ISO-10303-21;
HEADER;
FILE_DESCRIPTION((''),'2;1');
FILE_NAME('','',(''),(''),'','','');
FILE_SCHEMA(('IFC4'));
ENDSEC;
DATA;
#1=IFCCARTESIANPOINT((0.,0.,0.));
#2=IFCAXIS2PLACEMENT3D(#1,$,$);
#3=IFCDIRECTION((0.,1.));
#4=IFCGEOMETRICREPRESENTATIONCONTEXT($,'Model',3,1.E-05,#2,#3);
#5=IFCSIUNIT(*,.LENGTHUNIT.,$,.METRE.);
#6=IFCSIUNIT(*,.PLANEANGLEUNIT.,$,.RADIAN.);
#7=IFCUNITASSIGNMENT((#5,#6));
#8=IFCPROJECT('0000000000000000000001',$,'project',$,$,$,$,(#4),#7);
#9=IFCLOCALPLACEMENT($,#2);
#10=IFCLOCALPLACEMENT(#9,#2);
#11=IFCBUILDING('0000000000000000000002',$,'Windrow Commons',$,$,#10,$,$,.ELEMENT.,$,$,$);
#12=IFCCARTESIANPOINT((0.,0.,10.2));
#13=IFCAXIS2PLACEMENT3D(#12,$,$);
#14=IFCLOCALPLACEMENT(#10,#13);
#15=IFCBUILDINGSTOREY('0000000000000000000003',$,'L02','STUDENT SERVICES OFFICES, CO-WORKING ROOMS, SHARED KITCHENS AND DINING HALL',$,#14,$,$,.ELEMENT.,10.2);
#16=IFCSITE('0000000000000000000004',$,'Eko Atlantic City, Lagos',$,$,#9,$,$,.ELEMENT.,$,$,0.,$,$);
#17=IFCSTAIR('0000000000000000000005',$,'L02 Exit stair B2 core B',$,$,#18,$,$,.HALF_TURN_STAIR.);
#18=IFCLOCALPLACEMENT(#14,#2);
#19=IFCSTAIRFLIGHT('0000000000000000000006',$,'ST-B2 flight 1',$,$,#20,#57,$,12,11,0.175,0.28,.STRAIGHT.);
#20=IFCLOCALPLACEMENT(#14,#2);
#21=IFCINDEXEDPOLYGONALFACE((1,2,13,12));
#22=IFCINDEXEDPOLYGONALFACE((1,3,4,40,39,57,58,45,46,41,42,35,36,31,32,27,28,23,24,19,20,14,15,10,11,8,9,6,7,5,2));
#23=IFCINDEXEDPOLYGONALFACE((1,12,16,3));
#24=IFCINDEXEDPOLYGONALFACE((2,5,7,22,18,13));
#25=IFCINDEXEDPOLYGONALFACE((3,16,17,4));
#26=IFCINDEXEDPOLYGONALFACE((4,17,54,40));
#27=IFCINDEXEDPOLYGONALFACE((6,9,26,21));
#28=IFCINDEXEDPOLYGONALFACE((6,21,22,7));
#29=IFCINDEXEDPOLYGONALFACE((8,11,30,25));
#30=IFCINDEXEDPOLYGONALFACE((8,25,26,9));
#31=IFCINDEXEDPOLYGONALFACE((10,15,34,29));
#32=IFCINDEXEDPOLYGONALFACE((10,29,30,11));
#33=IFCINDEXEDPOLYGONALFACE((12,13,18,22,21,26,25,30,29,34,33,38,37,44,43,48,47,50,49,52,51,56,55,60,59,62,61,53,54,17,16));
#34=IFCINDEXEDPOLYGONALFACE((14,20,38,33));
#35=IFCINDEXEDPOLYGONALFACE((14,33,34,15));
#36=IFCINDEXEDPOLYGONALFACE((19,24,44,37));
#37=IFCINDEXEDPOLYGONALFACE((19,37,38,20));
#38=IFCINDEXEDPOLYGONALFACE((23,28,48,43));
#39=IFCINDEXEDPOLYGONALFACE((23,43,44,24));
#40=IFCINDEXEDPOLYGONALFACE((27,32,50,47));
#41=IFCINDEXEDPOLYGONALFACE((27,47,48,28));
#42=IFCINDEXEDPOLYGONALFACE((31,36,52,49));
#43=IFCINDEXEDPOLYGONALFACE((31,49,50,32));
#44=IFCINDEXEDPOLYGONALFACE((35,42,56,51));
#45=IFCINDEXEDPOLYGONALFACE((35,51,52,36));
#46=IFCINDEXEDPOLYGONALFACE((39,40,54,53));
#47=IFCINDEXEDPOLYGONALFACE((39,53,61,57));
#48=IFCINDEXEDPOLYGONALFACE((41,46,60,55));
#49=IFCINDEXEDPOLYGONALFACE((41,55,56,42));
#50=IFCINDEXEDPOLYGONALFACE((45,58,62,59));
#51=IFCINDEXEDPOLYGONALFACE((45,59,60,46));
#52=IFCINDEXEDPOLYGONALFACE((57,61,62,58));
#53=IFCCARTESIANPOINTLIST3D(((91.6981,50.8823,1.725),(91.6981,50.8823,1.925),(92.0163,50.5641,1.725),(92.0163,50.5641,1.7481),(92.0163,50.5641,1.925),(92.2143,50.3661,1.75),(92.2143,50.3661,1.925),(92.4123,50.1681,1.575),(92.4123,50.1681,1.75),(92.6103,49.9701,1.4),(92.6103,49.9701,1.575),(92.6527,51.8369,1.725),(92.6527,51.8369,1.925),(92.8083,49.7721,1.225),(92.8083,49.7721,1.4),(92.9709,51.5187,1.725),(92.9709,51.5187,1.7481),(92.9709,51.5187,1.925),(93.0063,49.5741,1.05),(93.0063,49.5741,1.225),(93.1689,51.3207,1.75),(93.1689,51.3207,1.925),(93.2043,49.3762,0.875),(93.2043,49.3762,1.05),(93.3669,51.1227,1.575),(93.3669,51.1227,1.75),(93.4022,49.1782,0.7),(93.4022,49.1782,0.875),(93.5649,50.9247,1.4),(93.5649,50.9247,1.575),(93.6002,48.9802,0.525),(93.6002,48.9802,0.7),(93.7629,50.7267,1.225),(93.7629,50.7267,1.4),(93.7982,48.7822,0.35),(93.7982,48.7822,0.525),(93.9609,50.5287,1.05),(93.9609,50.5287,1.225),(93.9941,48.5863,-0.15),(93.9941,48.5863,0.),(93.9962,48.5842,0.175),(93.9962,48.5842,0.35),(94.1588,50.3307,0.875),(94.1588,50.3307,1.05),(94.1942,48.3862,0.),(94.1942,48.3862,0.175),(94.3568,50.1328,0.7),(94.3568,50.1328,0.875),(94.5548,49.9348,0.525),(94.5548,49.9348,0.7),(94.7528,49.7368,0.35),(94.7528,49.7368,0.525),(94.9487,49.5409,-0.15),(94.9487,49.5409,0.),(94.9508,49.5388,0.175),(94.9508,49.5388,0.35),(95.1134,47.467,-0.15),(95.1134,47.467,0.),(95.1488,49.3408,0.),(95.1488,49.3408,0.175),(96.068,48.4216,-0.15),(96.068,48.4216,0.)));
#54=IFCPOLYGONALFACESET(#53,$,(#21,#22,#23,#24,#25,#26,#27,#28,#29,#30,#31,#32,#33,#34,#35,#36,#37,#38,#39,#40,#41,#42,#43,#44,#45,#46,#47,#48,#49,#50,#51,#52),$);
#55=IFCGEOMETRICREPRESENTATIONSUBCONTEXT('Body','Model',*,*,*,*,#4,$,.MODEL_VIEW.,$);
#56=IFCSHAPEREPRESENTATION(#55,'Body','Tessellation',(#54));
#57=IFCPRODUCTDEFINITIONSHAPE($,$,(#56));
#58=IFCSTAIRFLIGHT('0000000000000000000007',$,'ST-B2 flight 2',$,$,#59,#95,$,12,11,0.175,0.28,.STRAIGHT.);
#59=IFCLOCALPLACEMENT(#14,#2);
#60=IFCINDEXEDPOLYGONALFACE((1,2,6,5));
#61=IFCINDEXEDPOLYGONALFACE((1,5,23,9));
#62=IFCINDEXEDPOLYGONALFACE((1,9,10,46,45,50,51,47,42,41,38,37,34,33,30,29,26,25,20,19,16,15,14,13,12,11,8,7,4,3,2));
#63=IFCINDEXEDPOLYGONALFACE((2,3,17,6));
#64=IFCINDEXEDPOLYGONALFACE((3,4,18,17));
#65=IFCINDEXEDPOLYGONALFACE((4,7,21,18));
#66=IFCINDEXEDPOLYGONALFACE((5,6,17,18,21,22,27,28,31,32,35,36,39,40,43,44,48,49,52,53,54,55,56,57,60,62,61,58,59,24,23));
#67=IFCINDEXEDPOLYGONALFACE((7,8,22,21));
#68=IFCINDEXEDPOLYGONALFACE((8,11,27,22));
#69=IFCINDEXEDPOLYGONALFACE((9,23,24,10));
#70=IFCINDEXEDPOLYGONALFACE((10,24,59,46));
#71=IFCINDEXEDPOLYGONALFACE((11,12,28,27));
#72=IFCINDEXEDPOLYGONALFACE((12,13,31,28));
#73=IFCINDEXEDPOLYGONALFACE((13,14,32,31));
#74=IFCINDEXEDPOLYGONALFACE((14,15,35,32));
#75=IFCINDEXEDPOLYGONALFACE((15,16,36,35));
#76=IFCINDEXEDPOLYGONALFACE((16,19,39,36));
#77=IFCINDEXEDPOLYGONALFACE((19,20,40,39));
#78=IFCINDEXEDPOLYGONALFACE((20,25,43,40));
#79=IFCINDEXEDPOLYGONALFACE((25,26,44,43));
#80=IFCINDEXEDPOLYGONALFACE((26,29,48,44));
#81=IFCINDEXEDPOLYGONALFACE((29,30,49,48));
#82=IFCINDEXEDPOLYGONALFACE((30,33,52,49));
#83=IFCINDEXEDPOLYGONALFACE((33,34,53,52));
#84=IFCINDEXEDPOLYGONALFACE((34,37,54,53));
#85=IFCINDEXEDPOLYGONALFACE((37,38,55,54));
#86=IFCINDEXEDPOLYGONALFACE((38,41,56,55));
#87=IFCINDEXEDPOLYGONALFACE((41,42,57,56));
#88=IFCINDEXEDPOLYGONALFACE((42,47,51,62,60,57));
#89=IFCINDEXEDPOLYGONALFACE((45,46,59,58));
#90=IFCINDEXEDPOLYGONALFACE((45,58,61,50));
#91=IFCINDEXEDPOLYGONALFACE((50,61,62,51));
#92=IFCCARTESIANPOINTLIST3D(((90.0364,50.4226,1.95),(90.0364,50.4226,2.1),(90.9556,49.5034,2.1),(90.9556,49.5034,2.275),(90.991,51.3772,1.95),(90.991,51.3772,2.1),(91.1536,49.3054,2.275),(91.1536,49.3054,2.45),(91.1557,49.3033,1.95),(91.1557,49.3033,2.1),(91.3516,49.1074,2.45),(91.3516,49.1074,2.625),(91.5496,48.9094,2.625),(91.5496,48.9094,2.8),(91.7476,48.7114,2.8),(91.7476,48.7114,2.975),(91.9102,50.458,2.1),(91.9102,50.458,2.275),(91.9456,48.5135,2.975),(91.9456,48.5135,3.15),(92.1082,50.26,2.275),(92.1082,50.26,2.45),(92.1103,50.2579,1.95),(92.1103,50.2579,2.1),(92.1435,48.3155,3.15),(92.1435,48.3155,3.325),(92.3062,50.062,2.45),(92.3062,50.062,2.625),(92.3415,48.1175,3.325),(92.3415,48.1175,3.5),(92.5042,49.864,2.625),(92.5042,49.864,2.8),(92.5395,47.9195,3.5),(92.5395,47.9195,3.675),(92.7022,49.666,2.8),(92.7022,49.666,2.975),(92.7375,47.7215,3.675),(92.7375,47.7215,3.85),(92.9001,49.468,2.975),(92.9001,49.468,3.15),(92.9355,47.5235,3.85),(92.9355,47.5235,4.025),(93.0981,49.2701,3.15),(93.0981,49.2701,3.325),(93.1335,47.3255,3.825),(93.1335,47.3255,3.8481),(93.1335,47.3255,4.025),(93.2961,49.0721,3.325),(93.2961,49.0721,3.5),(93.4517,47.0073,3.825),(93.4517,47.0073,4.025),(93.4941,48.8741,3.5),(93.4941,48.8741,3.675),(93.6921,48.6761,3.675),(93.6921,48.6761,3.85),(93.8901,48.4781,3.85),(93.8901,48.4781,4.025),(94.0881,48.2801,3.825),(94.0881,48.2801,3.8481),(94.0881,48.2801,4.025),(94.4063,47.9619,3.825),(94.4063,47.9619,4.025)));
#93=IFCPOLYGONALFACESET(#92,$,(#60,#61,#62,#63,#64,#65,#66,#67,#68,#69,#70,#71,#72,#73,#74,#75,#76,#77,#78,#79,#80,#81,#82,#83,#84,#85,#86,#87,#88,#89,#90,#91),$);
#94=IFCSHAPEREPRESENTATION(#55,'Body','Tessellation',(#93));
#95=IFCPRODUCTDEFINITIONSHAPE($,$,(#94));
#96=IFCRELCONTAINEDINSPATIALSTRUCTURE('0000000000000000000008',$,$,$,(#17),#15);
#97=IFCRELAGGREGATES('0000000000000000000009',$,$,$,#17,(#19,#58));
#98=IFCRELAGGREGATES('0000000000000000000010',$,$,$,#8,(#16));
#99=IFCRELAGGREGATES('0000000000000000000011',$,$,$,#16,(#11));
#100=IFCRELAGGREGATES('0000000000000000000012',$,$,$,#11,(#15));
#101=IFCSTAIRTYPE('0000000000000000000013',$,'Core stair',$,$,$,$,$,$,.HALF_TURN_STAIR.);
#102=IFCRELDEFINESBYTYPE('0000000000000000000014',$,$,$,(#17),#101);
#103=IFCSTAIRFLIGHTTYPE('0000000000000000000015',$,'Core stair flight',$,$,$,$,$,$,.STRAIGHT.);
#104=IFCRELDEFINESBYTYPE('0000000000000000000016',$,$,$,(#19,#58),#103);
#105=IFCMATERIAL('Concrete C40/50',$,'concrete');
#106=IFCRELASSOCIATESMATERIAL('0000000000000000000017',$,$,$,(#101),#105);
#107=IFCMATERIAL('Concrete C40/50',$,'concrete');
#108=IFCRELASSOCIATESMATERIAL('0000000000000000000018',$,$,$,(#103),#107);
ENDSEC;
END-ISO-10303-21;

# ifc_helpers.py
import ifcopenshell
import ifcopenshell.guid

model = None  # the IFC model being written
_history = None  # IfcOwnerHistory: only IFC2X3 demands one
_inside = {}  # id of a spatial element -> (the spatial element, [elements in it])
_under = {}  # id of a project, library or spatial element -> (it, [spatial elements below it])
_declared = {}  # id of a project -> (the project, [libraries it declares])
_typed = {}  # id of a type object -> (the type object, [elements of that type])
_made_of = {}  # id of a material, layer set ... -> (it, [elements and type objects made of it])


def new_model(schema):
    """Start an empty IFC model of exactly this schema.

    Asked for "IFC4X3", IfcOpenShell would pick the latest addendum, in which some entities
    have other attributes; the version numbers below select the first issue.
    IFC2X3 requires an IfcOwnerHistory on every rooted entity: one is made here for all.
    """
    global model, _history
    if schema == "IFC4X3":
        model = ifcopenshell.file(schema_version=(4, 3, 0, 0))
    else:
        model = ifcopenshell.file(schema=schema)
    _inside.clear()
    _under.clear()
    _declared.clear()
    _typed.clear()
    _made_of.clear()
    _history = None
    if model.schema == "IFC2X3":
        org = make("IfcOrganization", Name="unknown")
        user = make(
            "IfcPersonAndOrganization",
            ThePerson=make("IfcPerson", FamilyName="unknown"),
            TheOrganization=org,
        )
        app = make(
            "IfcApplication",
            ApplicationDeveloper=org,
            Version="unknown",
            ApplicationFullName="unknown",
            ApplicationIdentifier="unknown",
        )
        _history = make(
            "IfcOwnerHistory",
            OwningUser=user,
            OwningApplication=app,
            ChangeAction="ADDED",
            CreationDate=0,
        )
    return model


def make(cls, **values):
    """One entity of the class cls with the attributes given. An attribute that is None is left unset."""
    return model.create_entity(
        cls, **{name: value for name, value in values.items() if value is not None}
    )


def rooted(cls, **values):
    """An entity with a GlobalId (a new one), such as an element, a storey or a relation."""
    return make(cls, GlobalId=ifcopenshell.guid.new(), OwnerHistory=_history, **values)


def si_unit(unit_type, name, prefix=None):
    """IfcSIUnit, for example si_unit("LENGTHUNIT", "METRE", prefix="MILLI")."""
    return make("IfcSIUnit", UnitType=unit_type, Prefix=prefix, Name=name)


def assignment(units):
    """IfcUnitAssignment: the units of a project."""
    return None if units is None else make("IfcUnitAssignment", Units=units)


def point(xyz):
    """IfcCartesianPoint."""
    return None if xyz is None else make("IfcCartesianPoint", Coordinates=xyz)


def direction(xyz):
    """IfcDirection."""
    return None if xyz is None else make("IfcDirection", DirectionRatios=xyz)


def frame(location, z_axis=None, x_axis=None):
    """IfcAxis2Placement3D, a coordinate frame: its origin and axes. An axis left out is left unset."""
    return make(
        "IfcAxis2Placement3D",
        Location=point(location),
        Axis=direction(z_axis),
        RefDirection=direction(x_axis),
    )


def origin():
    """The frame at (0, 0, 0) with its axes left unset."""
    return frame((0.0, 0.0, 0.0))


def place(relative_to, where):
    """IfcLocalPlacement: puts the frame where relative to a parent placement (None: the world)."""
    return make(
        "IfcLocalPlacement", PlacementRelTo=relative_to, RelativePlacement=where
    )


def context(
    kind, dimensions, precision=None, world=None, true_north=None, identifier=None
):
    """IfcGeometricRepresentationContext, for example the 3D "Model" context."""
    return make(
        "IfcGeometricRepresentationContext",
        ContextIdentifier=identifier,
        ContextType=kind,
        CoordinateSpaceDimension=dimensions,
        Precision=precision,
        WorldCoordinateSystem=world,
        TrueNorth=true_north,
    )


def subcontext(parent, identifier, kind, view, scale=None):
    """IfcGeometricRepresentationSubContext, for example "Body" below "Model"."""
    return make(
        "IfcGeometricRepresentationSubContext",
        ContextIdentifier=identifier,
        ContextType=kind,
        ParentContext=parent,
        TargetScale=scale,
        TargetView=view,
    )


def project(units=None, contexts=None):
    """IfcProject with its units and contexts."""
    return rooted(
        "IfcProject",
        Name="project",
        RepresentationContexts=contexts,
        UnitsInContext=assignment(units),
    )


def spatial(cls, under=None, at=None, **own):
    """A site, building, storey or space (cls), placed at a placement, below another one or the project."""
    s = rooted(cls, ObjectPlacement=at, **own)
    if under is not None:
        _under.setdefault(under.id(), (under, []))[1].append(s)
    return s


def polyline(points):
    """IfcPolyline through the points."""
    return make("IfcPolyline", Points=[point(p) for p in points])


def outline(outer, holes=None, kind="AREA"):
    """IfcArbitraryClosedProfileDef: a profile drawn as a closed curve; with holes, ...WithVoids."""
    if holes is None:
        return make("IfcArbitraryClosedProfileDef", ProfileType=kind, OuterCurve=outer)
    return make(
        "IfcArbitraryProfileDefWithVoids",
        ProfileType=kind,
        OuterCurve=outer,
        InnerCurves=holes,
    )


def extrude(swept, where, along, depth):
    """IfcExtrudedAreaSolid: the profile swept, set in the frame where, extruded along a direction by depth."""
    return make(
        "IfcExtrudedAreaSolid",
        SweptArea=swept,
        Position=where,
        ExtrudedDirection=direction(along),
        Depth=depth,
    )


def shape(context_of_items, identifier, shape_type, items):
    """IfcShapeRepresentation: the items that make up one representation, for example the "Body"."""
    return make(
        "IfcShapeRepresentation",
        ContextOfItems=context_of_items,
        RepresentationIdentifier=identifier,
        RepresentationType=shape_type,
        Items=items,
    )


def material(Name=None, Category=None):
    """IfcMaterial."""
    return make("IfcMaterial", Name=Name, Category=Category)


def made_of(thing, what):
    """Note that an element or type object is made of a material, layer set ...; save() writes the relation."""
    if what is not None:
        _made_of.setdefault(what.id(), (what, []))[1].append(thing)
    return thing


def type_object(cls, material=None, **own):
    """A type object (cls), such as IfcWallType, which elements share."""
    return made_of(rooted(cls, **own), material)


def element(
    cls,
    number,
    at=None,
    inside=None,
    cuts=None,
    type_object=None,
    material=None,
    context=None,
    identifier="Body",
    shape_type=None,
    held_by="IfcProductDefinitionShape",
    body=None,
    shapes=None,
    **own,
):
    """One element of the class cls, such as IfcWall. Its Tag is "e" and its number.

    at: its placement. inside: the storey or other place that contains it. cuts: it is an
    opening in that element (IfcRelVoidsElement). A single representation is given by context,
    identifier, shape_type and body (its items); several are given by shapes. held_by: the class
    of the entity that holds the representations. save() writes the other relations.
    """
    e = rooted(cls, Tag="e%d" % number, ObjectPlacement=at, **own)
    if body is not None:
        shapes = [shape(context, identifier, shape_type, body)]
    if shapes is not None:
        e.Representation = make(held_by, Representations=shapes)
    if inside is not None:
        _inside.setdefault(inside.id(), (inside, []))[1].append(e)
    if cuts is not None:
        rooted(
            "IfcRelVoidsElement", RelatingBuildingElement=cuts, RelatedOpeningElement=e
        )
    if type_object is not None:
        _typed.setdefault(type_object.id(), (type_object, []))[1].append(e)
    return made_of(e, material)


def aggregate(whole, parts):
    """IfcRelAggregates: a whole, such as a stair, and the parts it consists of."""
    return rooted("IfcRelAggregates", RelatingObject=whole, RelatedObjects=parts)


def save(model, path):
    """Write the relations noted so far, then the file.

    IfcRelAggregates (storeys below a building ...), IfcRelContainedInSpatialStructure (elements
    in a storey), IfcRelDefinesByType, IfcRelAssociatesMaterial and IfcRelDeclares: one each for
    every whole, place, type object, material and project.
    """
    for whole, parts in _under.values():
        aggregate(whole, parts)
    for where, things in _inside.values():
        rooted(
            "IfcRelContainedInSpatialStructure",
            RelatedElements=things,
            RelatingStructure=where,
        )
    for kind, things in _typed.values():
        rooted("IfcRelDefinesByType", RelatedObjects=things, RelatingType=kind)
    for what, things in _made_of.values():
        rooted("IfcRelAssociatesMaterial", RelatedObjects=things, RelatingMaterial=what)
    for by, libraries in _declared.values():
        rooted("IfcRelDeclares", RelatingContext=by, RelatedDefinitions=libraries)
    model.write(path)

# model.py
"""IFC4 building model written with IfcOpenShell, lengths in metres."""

from ifc_helpers import new_model, si_unit, direction, frame, origin, place, context, subcontext, project, spatial, polyline, outline, extrude, material, type_object, element, aggregate, save


model = new_model("IFC4")

# Units and contexts
model_context = context("Model", 3, precision=1e-05, world=origin(), true_north=direction((0.0, 1.0)))
body_context = subcontext(model_context, "Body", "Model", "MODEL_VIEW")
ifc_project = project(units=[si_unit("LENGTHUNIT", "METRE"), si_unit("PLANEANGLEUNIT", "RADIAN")], contexts=[model_context])

# Site, building, storey
site_placement = place(None, origin())
site = spatial("IfcSite", under=ifc_project, at=site_placement, Name="Eko Atlantic City, Lagos", CompositionType="ELEMENT", RefElevation=0.0)
building_placement = place(site_placement, origin())
building = spatial("IfcBuilding", under=site, at=building_placement, Name="Windrow Commons", CompositionType="ELEMENT")
storey_placement = place(building_placement, frame((0.0, 0.0, 10.2)))
storey = spatial("IfcBuildingStorey", under=building, at=storey_placement, Name="L02", Description="STUDENT SERVICES OFFICES, CO-WORKING ROOMS, SHARED KITCHENS AND DINING HALL", CompositionType="ELEMENT", Elevation=10.2)

# Stair, stair flights
ifc_material_1 = material(Name="Concrete C40/50", Category="concrete")
stair_type = type_object("IfcStairType", Name="Core stair", PredefinedType="HALF_TURN_STAIR", material=ifc_material_1)
stair_placement = place(storey_placement, origin())
stair = element("IfcStair", 1, at=stair_placement, inside=storey, type_object=stair_type, Name="L02 Exit stair B2 core B", PredefinedType="HALF_TURN_STAIR")
ifc_material_2 = material(Name="Concrete C40/50", Category="concrete")
stair_flight_type = type_object("IfcStairFlightType", Name="Core stair flight", PredefinedType="STRAIGHT", material=ifc_material_2)
stair_flight_1_placement = place(storey_placement, frame((94.6715, 48.8635, 0.0), z_axis=(0.0, 0.0, 1.0), x_axis=(-0.707107, 0.707107, 0.0)))
stair_flight_1 = element("IfcStairFlight", 2, at=stair_flight_1_placement, type_object=stair_flight_type, Name="ST-B2 flight 1", NumberOfRisers=12, NumberOfTreads=11, PredefinedType="STRAIGHT", RiserHeight=0.175, TreadLength=0.28, context=body_context, shape_type="SweptSolid", body=[
    extrude(outline(polyline([(-1.3, -0.15), (-1.3, 0.0), (0.0, 0.0), (0.0, 0.175), (0.28, 0.175), (0.28, 0.35), (0.56, 0.35), (0.56, 0.525), (0.84, 0.525), (0.84, 0.7), (1.12, 0.7), (1.12, 0.875), (1.4, 0.875), (1.4, 1.05), (1.68, 1.05), (1.68, 1.225), (1.96, 1.225), (1.96, 1.4), (2.24, 1.4), (2.24, 1.575), (2.52, 1.575), (2.52, 1.75), (2.8, 1.75), (2.8, 1.925), (3.08, 1.925), (3.53, 1.925), (3.53, 1.725), (3.08, 1.725), (3.08, 1.7481), (0.283, 0.0), (0.283, -0.15), (-1.3, -0.15)])), frame((0.0, 0.675, 0.0), z_axis=(0.0, -1.0, 0.0), x_axis=(1.0, 0.0, 0.0)), (0.0, 0.0, 1.0), 1.35),
])
stair_flight_2_placement = place(storey_placement, frame((91.4329, 49.9807, 2.1), z_axis=(0.0, 0.0, 1.0), x_axis=(0.707107, -0.707107, 0.0)))
stair_flight_2 = element("IfcStairFlight", 3, at=stair_flight_2_placement, type_object=stair_flight_type, Name="ST-B2 flight 2", NumberOfRisers=12, NumberOfTreads=11, PredefinedType="STRAIGHT", RiserHeight=0.175, TreadLength=0.28, context=body_context, shape_type="SweptSolid", body=[
    extrude(outline(polyline([(-1.3, -0.15), (-1.3, 0.0), (0.0, 0.0), (0.0, 0.175), (0.28, 0.175), (0.28, 0.35), (0.56, 0.35), (0.56, 0.525), (0.84, 0.525), (0.84, 0.7), (1.12, 0.7), (1.12, 0.875), (1.4, 0.875), (1.4, 1.05), (1.68, 1.05), (1.68, 1.225), (1.96, 1.225), (1.96, 1.4), (2.24, 1.4), (2.24, 1.575), (2.52, 1.575), (2.52, 1.75), (2.8, 1.75), (2.8, 1.925), (3.08, 1.925), (3.53, 1.925), (3.53, 1.725), (3.08, 1.725), (3.08, 1.7481), (0.283, 0.0), (0.283, -0.15), (-1.3, -0.15)])), frame((0.0, 0.675, 0.0), z_axis=(0.0, -1.0, 0.0), x_axis=(1.0, 0.0, 0.0)), (0.0, 0.0, 1.0), 1.35),
])
aggregate(stair, [stair_flight_1, stair_flight_2])

save(model, "model.ifc")
